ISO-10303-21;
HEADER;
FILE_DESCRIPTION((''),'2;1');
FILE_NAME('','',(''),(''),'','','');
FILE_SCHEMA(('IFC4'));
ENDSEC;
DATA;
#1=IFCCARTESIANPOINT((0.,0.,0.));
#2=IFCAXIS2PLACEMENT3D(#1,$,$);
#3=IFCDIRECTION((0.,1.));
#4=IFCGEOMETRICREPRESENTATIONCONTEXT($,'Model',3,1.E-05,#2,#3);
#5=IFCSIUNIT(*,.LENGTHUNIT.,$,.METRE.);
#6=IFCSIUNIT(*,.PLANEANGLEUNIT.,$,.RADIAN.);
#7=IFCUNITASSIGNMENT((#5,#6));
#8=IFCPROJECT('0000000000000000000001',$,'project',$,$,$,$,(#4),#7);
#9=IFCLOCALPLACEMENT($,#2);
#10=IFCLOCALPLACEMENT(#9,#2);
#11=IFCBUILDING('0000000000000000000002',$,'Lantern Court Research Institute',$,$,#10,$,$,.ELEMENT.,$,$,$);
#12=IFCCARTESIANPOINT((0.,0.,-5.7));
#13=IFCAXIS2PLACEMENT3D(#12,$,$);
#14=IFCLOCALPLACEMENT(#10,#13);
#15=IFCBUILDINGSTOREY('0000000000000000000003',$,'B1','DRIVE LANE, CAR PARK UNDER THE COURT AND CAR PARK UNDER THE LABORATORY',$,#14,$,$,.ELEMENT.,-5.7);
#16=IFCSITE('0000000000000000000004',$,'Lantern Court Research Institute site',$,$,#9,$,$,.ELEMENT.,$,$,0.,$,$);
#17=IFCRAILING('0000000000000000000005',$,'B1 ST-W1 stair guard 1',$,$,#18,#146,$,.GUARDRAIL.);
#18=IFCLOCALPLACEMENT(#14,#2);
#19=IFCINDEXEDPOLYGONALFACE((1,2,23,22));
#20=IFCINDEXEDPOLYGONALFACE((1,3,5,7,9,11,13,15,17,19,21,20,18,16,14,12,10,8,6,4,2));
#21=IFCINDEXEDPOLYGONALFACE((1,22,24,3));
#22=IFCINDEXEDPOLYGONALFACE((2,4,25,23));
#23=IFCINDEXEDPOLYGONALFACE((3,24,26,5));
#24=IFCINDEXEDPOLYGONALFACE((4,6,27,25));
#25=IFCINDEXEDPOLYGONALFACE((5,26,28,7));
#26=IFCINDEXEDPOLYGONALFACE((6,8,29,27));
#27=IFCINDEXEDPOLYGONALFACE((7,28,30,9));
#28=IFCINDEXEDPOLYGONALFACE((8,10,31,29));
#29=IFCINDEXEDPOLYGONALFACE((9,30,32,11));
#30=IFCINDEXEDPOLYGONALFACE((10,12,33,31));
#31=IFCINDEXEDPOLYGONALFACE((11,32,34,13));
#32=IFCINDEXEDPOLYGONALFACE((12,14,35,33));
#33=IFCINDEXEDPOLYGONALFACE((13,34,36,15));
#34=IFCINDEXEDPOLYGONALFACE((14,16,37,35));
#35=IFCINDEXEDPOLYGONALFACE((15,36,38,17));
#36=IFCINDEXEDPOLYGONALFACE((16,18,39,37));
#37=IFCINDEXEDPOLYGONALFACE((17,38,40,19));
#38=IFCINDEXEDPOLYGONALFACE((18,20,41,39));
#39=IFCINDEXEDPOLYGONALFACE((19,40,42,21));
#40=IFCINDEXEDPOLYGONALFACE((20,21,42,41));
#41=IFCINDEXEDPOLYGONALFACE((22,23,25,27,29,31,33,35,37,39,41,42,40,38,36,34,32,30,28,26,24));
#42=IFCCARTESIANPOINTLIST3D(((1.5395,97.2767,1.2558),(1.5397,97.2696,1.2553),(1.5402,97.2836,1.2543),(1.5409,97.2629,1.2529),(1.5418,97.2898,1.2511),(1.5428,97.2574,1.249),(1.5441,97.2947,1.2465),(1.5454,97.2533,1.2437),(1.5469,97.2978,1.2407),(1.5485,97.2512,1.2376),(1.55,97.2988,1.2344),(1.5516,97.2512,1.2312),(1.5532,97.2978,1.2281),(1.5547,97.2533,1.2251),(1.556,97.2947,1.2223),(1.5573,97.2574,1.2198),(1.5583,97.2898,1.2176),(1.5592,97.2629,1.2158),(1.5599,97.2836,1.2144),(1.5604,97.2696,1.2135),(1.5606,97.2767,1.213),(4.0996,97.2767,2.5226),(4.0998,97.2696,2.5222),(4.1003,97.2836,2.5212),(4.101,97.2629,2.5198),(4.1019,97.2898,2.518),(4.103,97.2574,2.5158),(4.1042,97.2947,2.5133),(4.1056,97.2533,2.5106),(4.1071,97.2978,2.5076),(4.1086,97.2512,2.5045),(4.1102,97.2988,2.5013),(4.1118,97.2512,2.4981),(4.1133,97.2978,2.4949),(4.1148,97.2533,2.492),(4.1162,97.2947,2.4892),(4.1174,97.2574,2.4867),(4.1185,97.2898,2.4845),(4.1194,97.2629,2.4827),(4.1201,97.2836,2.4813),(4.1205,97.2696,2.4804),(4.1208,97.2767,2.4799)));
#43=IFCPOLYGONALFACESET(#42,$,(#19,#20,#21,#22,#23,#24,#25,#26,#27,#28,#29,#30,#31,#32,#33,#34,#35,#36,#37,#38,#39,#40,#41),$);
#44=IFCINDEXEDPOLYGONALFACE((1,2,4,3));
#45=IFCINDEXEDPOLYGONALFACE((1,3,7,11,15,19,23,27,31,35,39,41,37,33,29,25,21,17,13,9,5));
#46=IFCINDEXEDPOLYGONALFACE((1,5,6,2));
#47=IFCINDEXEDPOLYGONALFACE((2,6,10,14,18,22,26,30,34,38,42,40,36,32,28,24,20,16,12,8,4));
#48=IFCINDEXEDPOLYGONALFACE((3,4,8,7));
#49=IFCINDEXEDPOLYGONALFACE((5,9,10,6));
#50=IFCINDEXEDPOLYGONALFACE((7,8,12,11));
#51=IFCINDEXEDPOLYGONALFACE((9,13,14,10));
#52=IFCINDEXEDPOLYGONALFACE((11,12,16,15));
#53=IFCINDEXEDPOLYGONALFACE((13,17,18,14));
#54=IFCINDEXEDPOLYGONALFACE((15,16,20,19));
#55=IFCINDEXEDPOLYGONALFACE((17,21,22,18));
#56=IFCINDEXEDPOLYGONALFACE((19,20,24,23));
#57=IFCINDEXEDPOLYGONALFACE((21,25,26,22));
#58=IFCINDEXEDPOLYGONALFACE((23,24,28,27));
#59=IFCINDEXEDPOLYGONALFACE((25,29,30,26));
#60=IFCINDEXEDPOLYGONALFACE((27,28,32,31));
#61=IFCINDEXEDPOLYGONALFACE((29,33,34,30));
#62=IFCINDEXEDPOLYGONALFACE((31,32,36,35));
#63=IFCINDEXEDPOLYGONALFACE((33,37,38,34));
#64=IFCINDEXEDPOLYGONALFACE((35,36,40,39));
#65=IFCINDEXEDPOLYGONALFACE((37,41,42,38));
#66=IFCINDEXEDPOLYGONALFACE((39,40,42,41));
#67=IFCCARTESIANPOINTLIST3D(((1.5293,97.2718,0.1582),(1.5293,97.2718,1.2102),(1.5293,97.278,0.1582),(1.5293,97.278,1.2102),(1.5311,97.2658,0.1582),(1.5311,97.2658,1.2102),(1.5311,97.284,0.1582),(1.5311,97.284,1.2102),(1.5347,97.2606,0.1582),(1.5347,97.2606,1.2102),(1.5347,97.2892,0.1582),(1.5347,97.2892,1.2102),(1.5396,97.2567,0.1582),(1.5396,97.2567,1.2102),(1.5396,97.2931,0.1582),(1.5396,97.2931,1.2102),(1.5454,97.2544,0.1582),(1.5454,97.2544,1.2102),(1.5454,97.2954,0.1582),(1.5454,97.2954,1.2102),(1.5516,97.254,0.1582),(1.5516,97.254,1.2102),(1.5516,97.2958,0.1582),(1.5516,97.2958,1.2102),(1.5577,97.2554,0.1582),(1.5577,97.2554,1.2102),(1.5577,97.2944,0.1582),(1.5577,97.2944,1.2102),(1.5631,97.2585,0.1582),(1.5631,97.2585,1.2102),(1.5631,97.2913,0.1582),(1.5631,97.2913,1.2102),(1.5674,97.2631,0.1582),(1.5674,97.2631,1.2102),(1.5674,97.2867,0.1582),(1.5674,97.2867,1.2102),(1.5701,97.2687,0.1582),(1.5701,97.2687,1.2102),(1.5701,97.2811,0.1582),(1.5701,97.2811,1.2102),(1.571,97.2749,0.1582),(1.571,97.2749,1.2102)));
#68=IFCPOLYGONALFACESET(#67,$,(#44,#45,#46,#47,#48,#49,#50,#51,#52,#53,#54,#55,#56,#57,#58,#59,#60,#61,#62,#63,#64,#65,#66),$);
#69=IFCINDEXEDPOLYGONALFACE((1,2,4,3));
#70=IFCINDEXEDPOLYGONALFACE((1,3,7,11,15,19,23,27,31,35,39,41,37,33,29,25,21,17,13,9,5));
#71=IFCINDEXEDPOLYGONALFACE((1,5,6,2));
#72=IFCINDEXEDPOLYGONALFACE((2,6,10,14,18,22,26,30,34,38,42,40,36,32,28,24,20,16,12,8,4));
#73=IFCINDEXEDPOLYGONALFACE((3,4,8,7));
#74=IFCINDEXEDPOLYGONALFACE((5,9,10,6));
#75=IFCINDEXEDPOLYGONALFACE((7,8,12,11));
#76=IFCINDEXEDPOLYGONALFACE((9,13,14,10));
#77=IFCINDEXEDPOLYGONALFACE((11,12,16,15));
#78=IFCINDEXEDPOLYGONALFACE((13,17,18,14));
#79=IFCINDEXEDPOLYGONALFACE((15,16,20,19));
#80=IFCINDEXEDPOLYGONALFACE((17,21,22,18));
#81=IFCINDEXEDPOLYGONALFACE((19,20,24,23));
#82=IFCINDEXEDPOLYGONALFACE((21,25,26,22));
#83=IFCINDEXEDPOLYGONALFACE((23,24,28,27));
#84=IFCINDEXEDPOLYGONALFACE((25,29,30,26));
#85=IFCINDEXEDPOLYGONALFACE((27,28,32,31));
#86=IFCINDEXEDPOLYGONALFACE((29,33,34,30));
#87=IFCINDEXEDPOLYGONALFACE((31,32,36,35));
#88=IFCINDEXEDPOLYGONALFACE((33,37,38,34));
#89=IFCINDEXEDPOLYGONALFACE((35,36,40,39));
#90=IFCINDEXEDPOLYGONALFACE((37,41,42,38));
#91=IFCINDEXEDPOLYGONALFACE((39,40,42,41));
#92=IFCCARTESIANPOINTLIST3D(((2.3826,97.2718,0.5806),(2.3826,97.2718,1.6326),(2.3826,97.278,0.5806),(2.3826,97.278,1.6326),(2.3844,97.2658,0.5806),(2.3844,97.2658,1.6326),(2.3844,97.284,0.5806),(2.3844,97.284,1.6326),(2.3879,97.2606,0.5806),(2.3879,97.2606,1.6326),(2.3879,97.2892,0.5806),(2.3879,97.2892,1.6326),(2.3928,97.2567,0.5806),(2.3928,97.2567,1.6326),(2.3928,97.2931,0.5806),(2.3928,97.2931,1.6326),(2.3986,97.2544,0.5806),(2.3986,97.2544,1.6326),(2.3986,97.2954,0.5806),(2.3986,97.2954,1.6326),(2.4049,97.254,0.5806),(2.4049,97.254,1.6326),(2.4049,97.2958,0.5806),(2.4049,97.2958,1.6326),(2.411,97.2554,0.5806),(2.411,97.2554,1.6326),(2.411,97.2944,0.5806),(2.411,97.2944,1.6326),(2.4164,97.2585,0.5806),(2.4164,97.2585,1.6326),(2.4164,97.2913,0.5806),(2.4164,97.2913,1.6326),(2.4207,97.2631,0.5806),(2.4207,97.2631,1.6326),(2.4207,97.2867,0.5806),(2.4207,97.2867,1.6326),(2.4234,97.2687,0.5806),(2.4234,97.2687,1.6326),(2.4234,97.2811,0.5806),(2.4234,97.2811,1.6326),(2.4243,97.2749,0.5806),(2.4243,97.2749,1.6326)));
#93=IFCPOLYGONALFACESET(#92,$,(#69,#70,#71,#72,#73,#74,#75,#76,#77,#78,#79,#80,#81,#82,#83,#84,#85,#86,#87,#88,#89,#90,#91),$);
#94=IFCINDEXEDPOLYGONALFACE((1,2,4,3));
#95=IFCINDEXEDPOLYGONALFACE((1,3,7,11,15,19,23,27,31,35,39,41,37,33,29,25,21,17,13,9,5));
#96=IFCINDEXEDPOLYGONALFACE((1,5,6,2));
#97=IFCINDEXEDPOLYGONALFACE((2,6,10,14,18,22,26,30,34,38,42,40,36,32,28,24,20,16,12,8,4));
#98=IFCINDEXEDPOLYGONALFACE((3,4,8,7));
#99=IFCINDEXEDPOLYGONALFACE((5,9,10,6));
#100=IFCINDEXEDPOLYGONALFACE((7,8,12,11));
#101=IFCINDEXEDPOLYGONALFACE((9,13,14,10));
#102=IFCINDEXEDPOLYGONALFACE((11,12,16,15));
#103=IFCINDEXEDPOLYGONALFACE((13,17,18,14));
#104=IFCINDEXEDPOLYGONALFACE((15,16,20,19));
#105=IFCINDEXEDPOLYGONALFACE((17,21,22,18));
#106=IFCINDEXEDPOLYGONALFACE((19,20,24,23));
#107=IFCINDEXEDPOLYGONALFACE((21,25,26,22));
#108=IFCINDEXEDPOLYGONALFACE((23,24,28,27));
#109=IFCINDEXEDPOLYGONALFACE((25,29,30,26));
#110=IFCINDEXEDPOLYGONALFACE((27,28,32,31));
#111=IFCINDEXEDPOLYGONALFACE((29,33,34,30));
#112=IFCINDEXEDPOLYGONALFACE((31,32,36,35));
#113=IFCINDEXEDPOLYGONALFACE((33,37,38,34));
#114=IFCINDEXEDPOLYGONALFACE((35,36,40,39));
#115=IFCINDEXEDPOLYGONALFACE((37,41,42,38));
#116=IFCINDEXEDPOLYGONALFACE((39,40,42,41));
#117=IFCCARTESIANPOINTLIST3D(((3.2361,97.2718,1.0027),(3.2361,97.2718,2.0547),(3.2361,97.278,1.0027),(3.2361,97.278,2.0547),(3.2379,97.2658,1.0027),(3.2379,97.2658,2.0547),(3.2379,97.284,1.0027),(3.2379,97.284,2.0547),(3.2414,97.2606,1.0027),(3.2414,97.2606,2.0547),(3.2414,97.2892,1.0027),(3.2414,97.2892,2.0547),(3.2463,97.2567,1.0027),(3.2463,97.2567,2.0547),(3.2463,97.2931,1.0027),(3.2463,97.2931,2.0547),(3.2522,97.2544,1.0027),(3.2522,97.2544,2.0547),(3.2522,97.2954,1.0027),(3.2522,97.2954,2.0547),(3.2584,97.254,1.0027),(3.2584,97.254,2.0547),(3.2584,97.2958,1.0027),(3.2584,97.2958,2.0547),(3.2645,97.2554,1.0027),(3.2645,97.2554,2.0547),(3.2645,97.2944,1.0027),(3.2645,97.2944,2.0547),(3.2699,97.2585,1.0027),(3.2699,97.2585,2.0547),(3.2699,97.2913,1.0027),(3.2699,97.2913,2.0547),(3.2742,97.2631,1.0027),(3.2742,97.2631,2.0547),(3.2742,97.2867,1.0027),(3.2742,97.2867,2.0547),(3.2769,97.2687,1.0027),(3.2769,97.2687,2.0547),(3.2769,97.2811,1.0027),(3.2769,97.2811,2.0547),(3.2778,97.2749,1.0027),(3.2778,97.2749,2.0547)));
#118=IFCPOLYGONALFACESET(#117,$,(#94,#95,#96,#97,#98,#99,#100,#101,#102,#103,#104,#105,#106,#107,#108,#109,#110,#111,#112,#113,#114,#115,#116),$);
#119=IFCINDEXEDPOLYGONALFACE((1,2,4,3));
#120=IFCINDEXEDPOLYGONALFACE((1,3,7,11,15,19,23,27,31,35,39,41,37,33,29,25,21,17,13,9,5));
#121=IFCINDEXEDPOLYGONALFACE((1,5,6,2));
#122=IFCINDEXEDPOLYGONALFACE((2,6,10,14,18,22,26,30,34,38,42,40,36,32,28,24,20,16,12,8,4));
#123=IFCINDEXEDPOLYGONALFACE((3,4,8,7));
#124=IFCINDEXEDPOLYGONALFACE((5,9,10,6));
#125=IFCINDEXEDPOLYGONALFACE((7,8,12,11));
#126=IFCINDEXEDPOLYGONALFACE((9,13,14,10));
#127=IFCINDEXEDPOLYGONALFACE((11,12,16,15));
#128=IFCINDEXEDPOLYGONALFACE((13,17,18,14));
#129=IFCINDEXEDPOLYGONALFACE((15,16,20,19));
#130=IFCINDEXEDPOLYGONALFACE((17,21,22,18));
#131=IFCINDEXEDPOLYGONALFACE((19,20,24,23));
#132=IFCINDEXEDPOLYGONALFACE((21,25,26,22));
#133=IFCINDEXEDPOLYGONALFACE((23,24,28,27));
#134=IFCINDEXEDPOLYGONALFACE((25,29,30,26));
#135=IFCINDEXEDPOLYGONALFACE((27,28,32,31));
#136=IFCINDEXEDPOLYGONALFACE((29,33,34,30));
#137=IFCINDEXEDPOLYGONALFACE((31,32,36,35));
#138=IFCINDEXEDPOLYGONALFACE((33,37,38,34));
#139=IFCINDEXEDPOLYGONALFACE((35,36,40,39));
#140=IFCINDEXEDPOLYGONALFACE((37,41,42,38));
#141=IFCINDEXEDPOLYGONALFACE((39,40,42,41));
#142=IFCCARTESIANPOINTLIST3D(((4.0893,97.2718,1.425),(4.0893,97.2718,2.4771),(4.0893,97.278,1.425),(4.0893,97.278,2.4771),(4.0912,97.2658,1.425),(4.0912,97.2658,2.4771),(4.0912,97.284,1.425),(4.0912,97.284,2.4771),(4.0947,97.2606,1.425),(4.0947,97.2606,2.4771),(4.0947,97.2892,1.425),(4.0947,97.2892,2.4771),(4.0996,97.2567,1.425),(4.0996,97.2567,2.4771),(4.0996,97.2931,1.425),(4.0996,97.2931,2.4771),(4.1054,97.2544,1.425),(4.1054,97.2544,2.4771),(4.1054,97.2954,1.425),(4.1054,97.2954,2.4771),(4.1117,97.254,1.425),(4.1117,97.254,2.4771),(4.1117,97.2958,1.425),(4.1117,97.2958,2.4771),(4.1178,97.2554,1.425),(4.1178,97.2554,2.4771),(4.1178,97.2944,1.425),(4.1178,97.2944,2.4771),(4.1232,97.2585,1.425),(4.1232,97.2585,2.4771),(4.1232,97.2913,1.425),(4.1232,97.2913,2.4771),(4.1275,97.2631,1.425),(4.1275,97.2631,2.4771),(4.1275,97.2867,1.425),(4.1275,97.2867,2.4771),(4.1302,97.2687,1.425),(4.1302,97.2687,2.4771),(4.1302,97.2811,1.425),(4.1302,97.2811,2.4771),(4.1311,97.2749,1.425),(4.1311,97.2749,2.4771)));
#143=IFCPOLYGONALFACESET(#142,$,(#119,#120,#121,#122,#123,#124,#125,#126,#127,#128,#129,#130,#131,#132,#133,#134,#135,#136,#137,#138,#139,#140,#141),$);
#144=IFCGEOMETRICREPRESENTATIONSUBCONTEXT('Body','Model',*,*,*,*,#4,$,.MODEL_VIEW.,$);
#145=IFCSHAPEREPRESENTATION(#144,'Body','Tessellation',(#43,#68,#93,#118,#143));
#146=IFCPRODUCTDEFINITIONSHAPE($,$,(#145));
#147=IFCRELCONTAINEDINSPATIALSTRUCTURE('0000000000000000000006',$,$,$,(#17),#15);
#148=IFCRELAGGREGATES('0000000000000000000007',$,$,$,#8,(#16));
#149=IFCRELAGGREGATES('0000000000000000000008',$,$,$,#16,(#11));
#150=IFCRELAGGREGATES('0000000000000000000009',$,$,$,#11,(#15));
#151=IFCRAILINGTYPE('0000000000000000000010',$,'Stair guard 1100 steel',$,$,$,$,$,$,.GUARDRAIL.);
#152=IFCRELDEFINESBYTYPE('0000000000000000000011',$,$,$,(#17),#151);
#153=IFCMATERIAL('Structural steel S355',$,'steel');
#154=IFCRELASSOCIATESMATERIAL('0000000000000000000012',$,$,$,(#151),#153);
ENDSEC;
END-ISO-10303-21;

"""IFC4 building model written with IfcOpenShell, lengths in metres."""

from ifc_helpers import new_model, si_unit, direction, frame, origin, origin_2d, place, context, subcontext, project, spatial, circle, extrude, material, type_object, element, save


model = new_model("IFC4")

# Units and contexts
model_context = context("Model", 3, precision=1e-05, world=origin(), true_north=direction((0.0, 1.0)))
body_context = subcontext(model_context, "Body", "Model", "MODEL_VIEW")
ifc_project = project(units=[si_unit("LENGTHUNIT", "METRE"), si_unit("PLANEANGLEUNIT", "RADIAN")], contexts=[model_context])

# Site, building, storey
site_placement = place(None, origin())
site = spatial("IfcSite", under=ifc_project, at=site_placement, Name="Lantern Court Research Institute site", CompositionType="ELEMENT", RefElevation=0.0)
building_placement = place(site_placement, origin())
building = spatial("IfcBuilding", under=site, at=building_placement, Name="Lantern Court Research Institute", CompositionType="ELEMENT")
storey_placement = place(building_placement, frame((0.0, 0.0, -5.7)))
storey = spatial("IfcBuildingStorey", under=building, at=storey_placement, Name="B1", Description="DRIVE LANE, CAR PARK UNDER THE COURT AND CAR PARK UNDER THE LABORATORY", CompositionType="ELEMENT", Elevation=-5.7)

# Railing
ifc_material_1 = material(Name="Structural steel S355", Category="steel")
railing_type_1 = type_object("IfcRailingType", Name="Stair guard 1100 steel", PredefinedType="GUARDRAIL", material=ifc_material_1)
railing_1_placement = place(storey_placement, frame((1.55, 97.2749, 0.1582)))
element("IfcRailing", 1, at=railing_1_placement, inside=storey, type_object=railing_type_1, Name="B1 ST-W1 stair guard 1", PredefinedType="GUARDRAIL", context=body_context, shape_type="SweptSolid", body=[
    extrude(circle(Radius=0.0239, at=origin_2d()), frame((0.0, 0.0, 1.0762), z_axis=(0.896266, 0.0, 0.443517), x_axis=(0.0, 1.0, 0.0)), (0.0, 0.0, 1.0), 2.8564),
    extrude(circle(Radius=0.021, at=origin_2d()), origin(), (0.0, 0.0, 1.0), 1.052),
    extrude(circle(Radius=0.021, at=origin_2d()), frame((0.8533, 0.0, 0.4224)), (0.0, 0.0, 1.0), 1.052),
    extrude(circle(Radius=0.021, at=origin_2d()), frame((1.7068, 0.0, 0.8445)), (0.0, 0.0, 1.0), 1.052),
    extrude(circle(Radius=0.021, at=origin_2d()), frame((2.5601, 0.0, 1.2668)), (0.0, 0.0, 1.0), 1.052),
])

save(model, "model.ifc")
